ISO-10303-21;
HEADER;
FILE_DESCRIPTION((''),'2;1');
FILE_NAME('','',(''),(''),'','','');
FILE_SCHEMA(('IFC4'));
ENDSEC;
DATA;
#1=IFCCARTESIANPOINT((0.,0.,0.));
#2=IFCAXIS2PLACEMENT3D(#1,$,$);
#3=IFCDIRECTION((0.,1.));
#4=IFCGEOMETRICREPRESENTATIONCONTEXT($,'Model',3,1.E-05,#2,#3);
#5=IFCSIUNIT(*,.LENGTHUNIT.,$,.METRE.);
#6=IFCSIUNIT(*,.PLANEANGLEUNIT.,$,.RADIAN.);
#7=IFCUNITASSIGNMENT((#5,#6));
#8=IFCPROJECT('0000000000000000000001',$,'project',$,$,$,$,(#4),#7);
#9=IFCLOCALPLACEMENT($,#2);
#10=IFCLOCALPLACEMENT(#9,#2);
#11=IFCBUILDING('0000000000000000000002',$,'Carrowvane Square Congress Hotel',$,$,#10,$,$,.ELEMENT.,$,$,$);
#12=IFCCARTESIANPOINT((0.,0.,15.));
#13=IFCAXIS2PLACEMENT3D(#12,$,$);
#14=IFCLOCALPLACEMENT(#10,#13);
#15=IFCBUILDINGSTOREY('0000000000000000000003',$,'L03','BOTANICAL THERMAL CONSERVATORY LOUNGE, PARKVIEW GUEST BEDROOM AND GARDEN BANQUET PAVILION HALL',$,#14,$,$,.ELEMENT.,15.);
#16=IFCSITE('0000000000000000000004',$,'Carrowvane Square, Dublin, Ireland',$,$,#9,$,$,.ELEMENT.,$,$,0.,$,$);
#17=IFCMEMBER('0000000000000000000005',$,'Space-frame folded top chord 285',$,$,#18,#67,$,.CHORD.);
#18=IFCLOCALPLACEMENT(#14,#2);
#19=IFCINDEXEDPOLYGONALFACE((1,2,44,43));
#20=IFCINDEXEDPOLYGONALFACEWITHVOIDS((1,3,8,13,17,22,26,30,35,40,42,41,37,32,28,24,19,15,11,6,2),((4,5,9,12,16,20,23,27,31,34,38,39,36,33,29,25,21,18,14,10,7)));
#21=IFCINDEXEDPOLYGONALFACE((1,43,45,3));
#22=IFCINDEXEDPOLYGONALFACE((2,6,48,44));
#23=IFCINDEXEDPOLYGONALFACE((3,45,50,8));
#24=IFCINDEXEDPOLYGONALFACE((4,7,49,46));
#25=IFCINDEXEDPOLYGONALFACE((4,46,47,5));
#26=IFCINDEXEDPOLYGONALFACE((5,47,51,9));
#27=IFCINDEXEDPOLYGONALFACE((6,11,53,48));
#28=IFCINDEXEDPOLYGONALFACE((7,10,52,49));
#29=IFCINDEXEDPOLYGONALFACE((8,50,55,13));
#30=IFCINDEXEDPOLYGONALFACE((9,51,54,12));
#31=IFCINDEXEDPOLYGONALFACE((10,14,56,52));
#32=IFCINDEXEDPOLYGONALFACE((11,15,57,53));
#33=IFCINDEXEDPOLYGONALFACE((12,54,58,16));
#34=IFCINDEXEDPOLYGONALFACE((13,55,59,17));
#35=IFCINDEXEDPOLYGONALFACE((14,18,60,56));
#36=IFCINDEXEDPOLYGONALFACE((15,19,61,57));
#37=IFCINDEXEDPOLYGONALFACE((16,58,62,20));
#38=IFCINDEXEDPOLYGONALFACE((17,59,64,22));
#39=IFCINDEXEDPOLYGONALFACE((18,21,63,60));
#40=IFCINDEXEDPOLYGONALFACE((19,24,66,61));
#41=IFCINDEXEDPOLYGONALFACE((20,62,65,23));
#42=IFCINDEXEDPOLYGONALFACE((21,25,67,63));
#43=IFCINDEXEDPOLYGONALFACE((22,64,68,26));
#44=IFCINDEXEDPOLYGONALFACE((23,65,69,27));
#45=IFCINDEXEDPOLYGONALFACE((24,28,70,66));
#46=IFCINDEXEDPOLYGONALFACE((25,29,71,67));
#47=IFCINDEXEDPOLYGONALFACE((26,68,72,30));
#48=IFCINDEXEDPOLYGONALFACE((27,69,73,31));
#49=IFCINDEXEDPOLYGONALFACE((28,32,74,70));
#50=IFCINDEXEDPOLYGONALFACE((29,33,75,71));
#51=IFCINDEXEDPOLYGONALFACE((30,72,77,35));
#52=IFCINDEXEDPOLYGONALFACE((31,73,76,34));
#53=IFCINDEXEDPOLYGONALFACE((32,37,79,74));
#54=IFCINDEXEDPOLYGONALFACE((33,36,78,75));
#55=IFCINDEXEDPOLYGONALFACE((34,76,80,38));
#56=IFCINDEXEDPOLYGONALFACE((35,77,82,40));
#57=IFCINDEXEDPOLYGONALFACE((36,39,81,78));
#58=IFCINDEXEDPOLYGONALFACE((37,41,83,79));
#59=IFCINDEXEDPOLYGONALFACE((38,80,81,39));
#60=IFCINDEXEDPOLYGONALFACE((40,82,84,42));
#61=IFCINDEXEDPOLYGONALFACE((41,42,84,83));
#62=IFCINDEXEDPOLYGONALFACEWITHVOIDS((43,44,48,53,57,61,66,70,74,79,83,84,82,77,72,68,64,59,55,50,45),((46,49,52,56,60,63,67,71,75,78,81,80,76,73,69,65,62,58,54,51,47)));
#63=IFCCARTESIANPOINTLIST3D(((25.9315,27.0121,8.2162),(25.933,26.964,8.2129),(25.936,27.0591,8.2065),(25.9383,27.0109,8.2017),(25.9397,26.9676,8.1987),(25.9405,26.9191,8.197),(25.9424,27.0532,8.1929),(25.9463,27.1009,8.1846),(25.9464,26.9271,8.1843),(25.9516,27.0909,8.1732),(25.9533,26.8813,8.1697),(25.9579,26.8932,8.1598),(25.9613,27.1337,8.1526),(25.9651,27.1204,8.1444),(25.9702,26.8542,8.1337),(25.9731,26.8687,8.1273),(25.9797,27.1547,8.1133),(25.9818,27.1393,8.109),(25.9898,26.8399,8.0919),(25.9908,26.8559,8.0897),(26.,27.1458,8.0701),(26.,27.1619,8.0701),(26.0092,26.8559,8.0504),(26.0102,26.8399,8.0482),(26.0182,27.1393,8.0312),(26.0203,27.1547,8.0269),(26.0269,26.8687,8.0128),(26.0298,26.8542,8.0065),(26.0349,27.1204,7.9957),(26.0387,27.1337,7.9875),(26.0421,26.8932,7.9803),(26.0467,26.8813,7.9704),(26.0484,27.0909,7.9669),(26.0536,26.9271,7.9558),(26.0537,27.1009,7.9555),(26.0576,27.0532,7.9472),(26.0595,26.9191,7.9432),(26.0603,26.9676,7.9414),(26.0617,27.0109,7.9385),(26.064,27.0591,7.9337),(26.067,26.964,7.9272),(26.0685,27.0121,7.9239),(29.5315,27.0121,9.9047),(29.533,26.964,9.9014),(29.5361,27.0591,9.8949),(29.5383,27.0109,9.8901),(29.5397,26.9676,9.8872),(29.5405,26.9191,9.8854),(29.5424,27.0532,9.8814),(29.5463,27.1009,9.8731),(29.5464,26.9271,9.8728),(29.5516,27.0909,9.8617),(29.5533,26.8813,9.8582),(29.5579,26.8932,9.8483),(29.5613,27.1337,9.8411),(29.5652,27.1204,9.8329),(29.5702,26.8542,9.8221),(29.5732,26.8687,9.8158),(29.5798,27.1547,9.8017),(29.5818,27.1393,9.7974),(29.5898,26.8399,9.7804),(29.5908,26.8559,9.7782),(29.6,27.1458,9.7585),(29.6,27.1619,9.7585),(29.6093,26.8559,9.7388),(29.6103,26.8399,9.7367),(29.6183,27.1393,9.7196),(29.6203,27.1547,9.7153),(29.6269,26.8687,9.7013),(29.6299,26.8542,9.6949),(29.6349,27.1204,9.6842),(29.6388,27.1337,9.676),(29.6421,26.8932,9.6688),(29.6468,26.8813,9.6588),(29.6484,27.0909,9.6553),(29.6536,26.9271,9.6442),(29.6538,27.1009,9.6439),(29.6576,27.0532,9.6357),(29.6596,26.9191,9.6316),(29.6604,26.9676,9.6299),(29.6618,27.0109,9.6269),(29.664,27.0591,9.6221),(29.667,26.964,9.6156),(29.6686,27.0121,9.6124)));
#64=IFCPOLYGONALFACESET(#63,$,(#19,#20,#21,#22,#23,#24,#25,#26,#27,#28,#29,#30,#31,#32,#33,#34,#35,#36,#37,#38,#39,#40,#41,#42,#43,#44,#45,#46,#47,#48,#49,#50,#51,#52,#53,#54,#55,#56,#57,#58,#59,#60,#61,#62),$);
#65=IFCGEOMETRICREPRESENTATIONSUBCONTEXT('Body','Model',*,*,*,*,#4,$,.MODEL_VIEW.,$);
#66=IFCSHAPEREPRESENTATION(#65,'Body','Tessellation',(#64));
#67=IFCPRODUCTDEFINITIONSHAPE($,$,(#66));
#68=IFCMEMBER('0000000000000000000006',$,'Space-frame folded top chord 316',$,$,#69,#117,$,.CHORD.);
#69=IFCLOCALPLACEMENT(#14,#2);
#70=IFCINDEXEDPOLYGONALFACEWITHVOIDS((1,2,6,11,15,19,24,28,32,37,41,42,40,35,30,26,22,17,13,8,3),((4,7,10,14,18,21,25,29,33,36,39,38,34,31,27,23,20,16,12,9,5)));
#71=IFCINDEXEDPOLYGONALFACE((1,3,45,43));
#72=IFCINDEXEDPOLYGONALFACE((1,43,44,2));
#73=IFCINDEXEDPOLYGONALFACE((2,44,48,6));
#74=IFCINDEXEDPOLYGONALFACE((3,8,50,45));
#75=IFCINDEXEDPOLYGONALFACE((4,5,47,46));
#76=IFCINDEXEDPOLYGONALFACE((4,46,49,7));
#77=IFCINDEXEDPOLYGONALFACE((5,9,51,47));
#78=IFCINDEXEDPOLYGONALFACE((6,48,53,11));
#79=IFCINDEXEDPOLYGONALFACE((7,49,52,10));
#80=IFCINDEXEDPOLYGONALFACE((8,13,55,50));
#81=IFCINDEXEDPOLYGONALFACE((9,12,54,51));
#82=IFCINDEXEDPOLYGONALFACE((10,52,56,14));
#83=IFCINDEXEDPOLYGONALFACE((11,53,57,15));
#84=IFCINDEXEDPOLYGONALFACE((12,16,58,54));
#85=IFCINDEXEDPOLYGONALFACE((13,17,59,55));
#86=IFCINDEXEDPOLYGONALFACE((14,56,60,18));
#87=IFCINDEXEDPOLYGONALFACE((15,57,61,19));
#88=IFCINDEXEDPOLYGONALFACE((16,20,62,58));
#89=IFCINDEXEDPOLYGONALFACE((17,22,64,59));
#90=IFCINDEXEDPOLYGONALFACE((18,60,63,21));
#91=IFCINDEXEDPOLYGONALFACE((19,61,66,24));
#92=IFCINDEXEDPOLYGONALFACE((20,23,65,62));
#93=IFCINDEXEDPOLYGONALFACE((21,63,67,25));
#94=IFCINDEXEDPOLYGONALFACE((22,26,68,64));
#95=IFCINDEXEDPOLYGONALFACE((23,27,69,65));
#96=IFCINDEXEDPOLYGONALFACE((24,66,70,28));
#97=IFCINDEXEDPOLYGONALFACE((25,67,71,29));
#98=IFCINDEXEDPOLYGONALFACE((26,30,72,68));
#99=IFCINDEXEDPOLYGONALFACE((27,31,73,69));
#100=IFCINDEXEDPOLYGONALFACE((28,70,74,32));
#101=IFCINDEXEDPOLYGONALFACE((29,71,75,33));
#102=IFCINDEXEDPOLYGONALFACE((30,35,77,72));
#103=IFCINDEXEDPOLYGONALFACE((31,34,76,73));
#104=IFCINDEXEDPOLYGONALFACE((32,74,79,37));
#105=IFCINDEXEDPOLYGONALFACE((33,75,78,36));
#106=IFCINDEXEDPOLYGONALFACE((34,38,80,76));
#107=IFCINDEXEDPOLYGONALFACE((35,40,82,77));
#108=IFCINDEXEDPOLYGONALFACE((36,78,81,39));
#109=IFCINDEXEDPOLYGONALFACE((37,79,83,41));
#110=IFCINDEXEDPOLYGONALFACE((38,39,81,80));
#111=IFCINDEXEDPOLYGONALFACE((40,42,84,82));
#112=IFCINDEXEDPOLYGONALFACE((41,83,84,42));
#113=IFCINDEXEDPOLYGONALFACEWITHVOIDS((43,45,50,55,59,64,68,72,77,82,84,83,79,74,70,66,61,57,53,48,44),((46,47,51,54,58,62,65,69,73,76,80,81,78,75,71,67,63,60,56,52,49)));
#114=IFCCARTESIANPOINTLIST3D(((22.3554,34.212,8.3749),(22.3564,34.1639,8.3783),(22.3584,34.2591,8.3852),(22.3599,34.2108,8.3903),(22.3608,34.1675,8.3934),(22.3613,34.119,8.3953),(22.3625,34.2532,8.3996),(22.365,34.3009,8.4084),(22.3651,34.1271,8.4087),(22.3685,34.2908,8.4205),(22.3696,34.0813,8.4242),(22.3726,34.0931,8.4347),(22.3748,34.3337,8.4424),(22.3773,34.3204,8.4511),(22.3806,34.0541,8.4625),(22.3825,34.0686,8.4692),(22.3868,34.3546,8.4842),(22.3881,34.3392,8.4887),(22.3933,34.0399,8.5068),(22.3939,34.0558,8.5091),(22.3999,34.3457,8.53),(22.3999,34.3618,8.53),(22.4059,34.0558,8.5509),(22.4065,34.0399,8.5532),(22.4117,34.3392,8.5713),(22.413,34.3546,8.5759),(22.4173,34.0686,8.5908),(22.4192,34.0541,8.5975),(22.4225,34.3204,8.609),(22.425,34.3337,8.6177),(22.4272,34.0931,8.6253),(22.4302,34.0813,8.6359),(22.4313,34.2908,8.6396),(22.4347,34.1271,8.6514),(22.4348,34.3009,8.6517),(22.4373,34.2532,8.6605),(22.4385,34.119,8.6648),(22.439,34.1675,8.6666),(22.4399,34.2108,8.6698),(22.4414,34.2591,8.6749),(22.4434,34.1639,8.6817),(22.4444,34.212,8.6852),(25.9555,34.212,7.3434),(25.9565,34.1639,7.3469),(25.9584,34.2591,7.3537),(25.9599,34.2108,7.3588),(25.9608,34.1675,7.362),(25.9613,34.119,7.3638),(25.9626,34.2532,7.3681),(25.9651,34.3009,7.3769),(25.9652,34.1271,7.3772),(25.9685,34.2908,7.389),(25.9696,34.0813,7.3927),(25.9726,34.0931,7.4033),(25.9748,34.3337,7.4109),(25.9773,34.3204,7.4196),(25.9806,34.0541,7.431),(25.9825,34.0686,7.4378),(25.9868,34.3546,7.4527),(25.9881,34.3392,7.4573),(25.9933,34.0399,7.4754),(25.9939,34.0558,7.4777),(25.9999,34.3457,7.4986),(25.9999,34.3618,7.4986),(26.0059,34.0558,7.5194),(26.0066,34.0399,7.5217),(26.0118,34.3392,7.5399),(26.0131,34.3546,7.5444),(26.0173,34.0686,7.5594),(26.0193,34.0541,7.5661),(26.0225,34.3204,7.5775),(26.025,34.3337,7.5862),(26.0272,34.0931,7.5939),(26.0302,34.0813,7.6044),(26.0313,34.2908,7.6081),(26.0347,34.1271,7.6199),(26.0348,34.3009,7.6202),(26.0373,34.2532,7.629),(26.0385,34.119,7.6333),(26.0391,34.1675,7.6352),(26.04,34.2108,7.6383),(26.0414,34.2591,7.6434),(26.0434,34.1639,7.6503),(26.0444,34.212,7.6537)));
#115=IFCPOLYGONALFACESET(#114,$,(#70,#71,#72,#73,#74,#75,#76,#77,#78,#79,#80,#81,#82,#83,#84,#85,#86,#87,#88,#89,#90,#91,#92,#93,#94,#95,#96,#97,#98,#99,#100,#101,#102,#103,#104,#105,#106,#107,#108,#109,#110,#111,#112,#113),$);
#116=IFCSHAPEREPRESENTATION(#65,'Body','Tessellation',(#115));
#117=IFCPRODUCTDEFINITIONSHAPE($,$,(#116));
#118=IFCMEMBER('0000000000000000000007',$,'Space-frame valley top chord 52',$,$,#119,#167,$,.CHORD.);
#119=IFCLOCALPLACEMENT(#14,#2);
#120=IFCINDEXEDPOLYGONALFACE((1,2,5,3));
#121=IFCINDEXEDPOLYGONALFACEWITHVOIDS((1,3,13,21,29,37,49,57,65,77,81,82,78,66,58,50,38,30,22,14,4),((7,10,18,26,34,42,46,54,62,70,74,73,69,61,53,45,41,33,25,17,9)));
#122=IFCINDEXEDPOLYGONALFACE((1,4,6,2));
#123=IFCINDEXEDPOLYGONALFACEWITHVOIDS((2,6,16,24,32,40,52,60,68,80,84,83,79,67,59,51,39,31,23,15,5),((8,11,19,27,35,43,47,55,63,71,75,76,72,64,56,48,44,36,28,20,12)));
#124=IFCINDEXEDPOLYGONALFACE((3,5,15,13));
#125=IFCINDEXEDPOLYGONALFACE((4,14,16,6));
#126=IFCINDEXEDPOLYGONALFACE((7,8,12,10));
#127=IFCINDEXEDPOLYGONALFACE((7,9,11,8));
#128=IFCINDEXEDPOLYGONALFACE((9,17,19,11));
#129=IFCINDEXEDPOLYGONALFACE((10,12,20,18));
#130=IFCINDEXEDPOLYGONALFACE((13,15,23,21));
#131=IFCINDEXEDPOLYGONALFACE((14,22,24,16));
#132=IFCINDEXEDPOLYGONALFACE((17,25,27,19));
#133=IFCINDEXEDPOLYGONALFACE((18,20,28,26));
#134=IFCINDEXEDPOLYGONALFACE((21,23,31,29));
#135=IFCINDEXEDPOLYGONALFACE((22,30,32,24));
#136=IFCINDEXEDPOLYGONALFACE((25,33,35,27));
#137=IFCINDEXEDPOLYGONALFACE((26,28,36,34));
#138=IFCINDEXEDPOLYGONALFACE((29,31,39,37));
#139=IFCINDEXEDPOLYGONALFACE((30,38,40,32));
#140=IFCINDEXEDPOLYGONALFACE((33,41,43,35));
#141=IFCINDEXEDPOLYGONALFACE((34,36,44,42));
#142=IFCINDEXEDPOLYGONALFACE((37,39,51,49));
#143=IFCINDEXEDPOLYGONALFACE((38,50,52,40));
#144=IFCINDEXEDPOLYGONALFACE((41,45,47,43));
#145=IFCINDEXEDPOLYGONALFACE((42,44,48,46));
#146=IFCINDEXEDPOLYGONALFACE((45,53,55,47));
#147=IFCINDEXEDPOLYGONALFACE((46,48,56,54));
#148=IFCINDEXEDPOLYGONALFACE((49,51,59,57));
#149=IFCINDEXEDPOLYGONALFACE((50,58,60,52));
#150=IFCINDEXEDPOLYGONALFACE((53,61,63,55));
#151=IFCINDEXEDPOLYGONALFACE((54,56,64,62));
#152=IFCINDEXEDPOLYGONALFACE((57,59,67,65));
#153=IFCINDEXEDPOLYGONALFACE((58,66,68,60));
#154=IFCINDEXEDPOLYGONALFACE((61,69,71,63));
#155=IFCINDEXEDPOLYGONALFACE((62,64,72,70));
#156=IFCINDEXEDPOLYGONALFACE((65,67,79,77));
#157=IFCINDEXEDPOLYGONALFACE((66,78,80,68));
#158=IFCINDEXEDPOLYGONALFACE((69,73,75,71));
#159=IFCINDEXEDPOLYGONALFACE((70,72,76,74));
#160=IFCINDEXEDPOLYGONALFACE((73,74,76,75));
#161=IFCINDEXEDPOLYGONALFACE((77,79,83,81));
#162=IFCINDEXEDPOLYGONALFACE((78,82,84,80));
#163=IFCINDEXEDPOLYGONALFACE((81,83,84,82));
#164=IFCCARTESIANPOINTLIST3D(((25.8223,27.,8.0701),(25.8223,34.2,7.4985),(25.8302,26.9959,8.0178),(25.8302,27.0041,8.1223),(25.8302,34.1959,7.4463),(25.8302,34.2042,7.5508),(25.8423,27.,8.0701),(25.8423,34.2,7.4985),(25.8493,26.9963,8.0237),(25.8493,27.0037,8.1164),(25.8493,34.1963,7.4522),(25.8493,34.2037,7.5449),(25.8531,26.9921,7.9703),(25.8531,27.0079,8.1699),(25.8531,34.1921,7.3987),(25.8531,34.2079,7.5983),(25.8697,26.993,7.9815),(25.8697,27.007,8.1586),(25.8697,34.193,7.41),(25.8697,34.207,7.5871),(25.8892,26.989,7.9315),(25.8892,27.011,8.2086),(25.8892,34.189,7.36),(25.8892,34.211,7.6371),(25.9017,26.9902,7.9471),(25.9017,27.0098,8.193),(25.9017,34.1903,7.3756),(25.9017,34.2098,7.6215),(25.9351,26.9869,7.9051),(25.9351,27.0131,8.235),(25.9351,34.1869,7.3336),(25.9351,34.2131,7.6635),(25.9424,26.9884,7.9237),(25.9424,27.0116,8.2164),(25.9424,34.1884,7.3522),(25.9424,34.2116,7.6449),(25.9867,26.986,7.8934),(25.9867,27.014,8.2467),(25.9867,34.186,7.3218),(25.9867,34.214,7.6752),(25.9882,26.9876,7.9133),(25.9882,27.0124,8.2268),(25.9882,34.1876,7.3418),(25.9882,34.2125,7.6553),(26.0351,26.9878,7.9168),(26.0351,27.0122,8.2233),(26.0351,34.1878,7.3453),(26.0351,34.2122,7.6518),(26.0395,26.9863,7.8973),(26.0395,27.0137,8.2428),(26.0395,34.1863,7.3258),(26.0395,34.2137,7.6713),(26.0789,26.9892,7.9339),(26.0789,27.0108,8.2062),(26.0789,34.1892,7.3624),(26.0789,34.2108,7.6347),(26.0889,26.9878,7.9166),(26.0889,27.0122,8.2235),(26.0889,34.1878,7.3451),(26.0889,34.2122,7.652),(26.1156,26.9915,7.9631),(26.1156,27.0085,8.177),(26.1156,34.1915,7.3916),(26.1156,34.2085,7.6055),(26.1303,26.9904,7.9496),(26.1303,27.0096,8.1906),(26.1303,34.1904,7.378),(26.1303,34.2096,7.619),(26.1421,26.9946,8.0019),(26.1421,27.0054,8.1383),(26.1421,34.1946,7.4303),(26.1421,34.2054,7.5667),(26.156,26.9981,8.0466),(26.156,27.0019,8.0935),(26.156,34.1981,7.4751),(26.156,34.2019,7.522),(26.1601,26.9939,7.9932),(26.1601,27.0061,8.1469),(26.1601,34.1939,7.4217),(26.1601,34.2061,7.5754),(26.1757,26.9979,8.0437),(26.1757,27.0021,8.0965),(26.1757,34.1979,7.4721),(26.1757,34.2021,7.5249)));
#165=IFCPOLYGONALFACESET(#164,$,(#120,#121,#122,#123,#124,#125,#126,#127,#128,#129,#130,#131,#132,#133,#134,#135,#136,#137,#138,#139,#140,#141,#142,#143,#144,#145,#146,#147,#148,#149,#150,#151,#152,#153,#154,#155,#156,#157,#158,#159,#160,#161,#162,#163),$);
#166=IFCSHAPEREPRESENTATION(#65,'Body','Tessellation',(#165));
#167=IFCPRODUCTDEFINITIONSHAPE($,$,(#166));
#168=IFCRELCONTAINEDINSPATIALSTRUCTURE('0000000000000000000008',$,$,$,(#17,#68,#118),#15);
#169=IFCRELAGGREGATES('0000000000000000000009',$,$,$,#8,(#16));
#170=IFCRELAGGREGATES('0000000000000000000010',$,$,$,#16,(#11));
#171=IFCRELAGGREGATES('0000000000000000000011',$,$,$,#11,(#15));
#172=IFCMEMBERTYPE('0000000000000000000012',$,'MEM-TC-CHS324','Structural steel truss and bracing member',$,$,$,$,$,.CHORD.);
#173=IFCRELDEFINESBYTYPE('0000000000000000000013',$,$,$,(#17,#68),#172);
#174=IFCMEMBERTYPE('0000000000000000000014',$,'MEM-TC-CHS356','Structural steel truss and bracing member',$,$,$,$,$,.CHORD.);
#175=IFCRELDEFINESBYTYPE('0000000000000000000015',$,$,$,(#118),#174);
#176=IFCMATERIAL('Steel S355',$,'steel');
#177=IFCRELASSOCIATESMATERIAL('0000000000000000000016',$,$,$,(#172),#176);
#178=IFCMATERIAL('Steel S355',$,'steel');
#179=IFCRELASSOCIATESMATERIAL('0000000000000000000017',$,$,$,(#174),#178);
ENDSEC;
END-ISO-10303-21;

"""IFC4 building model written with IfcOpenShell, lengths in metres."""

from ifc_helpers import new_model, si_unit, direction, frame, origin, origin_2d, place, context, subcontext, project, spatial, hollow_circle, extrude, material, material_profile, profile_set, type_object, element, save


model = new_model("IFC4")

# Units and contexts
model_context = context("Model", 3, precision=1e-05, world=origin(), true_north=direction((0.0, 1.0)))
body_context = subcontext(model_context, "Body", "Model", "MODEL_VIEW")
ifc_project = project(units=[si_unit("LENGTHUNIT", "METRE"), si_unit("PLANEANGLEUNIT", "RADIAN")], contexts=[model_context])

# Site, building, storey
site_placement = place(None, origin())
site = spatial("IfcSite", under=ifc_project, at=site_placement, Name="Carrowvane Square, Dublin, Ireland", CompositionType="ELEMENT", RefElevation=0.0)
building_placement = place(site_placement, origin())
building = spatial("IfcBuilding", under=site, at=building_placement, Name="Carrowvane Square Congress Hotel", CompositionType="ELEMENT")
storey_placement = place(building_placement, frame((0.0, 0.0, 15.0)))
storey = spatial("IfcBuildingStorey", under=building, at=storey_placement, Name="L03", Description="BOTANICAL THERMAL CONSERVATORY LOUNGE, PARKVIEW GUEST BEDROOM AND GARDEN BANQUET PAVILION HALL", CompositionType="ELEMENT", Elevation=15.0)

# Members
ifc_material_1 = material(Name="Steel S355", Category="steel")
ifc_material_profile_1 = material_profile(ifc_material_1, hollow_circle(Radius=0.1619, WallThickness=0.0161, at=origin_2d()), Name="CHS 323.9x16")
ifc_profile_set_1 = profile_set([ifc_material_profile_1], Name="Steel S355")
member_type_1 = type_object("IfcMemberType", Name="MEM-TC-CHS324", Description="Structural steel truss and bracing member", PredefinedType="CHORD", material=ifc_profile_set_1)
member_1_placement = place(storey_placement, frame((26.0, 27.0, 8.0701), z_axis=(0.905369, 0.0, 0.424626), x_axis=(0.0, 1.0, 0.0)))
element("IfcMember", 1, at=member_1_placement, inside=storey, type_object=member_type_1, Name="Space-frame folded top chord 285", PredefinedType="CHORD", context=body_context, shape_type="SweptSolid", body=[
    extrude(hollow_circle(Radius=0.1619, WallThickness=0.0161, at=origin_2d()), origin(), (0.0, 0.0, 1.0), 3.9763),
])
member_2_placement = place(storey_placement, frame((22.3999, 34.2, 8.53), z_axis=(0.961319, 0.0, -0.275436), x_axis=(0.0, 1.0, 0.0)))
element("IfcMember", 2, at=member_2_placement, inside=storey, type_object=member_type_1, Name="Space-frame folded top chord 316", PredefinedType="CHORD", context=body_context, shape_type="SweptSolid", body=[
    extrude(hollow_circle(Radius=0.1619, WallThickness=0.0161, at=origin_2d()), origin(), (0.0, 0.0, 1.0), 3.7449),
])
ifc_material_2 = material(Name="Steel S355", Category="steel")
ifc_material_profile_2 = material_profile(ifc_material_2, hollow_circle(Radius=0.1777, WallThickness=0.02, at=origin_2d()), Name="CHS 355.6x20")
ifc_profile_set_2 = profile_set([ifc_material_profile_2], Name="Steel S355")
member_type_2 = type_object("IfcMemberType", Name="MEM-TC-CHS356", Description="Structural steel truss and bracing member", PredefinedType="CHORD", material=ifc_profile_set_2)
for number, where, z_axis, x_axis, name in (
    (3, (26.0, 27.0, 8.0701), (0.0, 0.996864, -0.079131), (-1.0, 0.0, 0.0), "Space-frame valley top chord 52"),
):
    element("IfcMember", number, at=place(storey_placement, frame(where, z_axis=z_axis, x_axis=x_axis)), inside=storey, type_object=member_type_2, Name=name, PredefinedType="CHORD", context=body_context, shape_type="SweptSolid", body=[
        extrude(hollow_circle(Radius=0.1777, WallThickness=0.02, at=origin_2d()), origin(), (0.0, 0.0, 1.0), 7.2227),
    ])

save(model, "model.ifc")
